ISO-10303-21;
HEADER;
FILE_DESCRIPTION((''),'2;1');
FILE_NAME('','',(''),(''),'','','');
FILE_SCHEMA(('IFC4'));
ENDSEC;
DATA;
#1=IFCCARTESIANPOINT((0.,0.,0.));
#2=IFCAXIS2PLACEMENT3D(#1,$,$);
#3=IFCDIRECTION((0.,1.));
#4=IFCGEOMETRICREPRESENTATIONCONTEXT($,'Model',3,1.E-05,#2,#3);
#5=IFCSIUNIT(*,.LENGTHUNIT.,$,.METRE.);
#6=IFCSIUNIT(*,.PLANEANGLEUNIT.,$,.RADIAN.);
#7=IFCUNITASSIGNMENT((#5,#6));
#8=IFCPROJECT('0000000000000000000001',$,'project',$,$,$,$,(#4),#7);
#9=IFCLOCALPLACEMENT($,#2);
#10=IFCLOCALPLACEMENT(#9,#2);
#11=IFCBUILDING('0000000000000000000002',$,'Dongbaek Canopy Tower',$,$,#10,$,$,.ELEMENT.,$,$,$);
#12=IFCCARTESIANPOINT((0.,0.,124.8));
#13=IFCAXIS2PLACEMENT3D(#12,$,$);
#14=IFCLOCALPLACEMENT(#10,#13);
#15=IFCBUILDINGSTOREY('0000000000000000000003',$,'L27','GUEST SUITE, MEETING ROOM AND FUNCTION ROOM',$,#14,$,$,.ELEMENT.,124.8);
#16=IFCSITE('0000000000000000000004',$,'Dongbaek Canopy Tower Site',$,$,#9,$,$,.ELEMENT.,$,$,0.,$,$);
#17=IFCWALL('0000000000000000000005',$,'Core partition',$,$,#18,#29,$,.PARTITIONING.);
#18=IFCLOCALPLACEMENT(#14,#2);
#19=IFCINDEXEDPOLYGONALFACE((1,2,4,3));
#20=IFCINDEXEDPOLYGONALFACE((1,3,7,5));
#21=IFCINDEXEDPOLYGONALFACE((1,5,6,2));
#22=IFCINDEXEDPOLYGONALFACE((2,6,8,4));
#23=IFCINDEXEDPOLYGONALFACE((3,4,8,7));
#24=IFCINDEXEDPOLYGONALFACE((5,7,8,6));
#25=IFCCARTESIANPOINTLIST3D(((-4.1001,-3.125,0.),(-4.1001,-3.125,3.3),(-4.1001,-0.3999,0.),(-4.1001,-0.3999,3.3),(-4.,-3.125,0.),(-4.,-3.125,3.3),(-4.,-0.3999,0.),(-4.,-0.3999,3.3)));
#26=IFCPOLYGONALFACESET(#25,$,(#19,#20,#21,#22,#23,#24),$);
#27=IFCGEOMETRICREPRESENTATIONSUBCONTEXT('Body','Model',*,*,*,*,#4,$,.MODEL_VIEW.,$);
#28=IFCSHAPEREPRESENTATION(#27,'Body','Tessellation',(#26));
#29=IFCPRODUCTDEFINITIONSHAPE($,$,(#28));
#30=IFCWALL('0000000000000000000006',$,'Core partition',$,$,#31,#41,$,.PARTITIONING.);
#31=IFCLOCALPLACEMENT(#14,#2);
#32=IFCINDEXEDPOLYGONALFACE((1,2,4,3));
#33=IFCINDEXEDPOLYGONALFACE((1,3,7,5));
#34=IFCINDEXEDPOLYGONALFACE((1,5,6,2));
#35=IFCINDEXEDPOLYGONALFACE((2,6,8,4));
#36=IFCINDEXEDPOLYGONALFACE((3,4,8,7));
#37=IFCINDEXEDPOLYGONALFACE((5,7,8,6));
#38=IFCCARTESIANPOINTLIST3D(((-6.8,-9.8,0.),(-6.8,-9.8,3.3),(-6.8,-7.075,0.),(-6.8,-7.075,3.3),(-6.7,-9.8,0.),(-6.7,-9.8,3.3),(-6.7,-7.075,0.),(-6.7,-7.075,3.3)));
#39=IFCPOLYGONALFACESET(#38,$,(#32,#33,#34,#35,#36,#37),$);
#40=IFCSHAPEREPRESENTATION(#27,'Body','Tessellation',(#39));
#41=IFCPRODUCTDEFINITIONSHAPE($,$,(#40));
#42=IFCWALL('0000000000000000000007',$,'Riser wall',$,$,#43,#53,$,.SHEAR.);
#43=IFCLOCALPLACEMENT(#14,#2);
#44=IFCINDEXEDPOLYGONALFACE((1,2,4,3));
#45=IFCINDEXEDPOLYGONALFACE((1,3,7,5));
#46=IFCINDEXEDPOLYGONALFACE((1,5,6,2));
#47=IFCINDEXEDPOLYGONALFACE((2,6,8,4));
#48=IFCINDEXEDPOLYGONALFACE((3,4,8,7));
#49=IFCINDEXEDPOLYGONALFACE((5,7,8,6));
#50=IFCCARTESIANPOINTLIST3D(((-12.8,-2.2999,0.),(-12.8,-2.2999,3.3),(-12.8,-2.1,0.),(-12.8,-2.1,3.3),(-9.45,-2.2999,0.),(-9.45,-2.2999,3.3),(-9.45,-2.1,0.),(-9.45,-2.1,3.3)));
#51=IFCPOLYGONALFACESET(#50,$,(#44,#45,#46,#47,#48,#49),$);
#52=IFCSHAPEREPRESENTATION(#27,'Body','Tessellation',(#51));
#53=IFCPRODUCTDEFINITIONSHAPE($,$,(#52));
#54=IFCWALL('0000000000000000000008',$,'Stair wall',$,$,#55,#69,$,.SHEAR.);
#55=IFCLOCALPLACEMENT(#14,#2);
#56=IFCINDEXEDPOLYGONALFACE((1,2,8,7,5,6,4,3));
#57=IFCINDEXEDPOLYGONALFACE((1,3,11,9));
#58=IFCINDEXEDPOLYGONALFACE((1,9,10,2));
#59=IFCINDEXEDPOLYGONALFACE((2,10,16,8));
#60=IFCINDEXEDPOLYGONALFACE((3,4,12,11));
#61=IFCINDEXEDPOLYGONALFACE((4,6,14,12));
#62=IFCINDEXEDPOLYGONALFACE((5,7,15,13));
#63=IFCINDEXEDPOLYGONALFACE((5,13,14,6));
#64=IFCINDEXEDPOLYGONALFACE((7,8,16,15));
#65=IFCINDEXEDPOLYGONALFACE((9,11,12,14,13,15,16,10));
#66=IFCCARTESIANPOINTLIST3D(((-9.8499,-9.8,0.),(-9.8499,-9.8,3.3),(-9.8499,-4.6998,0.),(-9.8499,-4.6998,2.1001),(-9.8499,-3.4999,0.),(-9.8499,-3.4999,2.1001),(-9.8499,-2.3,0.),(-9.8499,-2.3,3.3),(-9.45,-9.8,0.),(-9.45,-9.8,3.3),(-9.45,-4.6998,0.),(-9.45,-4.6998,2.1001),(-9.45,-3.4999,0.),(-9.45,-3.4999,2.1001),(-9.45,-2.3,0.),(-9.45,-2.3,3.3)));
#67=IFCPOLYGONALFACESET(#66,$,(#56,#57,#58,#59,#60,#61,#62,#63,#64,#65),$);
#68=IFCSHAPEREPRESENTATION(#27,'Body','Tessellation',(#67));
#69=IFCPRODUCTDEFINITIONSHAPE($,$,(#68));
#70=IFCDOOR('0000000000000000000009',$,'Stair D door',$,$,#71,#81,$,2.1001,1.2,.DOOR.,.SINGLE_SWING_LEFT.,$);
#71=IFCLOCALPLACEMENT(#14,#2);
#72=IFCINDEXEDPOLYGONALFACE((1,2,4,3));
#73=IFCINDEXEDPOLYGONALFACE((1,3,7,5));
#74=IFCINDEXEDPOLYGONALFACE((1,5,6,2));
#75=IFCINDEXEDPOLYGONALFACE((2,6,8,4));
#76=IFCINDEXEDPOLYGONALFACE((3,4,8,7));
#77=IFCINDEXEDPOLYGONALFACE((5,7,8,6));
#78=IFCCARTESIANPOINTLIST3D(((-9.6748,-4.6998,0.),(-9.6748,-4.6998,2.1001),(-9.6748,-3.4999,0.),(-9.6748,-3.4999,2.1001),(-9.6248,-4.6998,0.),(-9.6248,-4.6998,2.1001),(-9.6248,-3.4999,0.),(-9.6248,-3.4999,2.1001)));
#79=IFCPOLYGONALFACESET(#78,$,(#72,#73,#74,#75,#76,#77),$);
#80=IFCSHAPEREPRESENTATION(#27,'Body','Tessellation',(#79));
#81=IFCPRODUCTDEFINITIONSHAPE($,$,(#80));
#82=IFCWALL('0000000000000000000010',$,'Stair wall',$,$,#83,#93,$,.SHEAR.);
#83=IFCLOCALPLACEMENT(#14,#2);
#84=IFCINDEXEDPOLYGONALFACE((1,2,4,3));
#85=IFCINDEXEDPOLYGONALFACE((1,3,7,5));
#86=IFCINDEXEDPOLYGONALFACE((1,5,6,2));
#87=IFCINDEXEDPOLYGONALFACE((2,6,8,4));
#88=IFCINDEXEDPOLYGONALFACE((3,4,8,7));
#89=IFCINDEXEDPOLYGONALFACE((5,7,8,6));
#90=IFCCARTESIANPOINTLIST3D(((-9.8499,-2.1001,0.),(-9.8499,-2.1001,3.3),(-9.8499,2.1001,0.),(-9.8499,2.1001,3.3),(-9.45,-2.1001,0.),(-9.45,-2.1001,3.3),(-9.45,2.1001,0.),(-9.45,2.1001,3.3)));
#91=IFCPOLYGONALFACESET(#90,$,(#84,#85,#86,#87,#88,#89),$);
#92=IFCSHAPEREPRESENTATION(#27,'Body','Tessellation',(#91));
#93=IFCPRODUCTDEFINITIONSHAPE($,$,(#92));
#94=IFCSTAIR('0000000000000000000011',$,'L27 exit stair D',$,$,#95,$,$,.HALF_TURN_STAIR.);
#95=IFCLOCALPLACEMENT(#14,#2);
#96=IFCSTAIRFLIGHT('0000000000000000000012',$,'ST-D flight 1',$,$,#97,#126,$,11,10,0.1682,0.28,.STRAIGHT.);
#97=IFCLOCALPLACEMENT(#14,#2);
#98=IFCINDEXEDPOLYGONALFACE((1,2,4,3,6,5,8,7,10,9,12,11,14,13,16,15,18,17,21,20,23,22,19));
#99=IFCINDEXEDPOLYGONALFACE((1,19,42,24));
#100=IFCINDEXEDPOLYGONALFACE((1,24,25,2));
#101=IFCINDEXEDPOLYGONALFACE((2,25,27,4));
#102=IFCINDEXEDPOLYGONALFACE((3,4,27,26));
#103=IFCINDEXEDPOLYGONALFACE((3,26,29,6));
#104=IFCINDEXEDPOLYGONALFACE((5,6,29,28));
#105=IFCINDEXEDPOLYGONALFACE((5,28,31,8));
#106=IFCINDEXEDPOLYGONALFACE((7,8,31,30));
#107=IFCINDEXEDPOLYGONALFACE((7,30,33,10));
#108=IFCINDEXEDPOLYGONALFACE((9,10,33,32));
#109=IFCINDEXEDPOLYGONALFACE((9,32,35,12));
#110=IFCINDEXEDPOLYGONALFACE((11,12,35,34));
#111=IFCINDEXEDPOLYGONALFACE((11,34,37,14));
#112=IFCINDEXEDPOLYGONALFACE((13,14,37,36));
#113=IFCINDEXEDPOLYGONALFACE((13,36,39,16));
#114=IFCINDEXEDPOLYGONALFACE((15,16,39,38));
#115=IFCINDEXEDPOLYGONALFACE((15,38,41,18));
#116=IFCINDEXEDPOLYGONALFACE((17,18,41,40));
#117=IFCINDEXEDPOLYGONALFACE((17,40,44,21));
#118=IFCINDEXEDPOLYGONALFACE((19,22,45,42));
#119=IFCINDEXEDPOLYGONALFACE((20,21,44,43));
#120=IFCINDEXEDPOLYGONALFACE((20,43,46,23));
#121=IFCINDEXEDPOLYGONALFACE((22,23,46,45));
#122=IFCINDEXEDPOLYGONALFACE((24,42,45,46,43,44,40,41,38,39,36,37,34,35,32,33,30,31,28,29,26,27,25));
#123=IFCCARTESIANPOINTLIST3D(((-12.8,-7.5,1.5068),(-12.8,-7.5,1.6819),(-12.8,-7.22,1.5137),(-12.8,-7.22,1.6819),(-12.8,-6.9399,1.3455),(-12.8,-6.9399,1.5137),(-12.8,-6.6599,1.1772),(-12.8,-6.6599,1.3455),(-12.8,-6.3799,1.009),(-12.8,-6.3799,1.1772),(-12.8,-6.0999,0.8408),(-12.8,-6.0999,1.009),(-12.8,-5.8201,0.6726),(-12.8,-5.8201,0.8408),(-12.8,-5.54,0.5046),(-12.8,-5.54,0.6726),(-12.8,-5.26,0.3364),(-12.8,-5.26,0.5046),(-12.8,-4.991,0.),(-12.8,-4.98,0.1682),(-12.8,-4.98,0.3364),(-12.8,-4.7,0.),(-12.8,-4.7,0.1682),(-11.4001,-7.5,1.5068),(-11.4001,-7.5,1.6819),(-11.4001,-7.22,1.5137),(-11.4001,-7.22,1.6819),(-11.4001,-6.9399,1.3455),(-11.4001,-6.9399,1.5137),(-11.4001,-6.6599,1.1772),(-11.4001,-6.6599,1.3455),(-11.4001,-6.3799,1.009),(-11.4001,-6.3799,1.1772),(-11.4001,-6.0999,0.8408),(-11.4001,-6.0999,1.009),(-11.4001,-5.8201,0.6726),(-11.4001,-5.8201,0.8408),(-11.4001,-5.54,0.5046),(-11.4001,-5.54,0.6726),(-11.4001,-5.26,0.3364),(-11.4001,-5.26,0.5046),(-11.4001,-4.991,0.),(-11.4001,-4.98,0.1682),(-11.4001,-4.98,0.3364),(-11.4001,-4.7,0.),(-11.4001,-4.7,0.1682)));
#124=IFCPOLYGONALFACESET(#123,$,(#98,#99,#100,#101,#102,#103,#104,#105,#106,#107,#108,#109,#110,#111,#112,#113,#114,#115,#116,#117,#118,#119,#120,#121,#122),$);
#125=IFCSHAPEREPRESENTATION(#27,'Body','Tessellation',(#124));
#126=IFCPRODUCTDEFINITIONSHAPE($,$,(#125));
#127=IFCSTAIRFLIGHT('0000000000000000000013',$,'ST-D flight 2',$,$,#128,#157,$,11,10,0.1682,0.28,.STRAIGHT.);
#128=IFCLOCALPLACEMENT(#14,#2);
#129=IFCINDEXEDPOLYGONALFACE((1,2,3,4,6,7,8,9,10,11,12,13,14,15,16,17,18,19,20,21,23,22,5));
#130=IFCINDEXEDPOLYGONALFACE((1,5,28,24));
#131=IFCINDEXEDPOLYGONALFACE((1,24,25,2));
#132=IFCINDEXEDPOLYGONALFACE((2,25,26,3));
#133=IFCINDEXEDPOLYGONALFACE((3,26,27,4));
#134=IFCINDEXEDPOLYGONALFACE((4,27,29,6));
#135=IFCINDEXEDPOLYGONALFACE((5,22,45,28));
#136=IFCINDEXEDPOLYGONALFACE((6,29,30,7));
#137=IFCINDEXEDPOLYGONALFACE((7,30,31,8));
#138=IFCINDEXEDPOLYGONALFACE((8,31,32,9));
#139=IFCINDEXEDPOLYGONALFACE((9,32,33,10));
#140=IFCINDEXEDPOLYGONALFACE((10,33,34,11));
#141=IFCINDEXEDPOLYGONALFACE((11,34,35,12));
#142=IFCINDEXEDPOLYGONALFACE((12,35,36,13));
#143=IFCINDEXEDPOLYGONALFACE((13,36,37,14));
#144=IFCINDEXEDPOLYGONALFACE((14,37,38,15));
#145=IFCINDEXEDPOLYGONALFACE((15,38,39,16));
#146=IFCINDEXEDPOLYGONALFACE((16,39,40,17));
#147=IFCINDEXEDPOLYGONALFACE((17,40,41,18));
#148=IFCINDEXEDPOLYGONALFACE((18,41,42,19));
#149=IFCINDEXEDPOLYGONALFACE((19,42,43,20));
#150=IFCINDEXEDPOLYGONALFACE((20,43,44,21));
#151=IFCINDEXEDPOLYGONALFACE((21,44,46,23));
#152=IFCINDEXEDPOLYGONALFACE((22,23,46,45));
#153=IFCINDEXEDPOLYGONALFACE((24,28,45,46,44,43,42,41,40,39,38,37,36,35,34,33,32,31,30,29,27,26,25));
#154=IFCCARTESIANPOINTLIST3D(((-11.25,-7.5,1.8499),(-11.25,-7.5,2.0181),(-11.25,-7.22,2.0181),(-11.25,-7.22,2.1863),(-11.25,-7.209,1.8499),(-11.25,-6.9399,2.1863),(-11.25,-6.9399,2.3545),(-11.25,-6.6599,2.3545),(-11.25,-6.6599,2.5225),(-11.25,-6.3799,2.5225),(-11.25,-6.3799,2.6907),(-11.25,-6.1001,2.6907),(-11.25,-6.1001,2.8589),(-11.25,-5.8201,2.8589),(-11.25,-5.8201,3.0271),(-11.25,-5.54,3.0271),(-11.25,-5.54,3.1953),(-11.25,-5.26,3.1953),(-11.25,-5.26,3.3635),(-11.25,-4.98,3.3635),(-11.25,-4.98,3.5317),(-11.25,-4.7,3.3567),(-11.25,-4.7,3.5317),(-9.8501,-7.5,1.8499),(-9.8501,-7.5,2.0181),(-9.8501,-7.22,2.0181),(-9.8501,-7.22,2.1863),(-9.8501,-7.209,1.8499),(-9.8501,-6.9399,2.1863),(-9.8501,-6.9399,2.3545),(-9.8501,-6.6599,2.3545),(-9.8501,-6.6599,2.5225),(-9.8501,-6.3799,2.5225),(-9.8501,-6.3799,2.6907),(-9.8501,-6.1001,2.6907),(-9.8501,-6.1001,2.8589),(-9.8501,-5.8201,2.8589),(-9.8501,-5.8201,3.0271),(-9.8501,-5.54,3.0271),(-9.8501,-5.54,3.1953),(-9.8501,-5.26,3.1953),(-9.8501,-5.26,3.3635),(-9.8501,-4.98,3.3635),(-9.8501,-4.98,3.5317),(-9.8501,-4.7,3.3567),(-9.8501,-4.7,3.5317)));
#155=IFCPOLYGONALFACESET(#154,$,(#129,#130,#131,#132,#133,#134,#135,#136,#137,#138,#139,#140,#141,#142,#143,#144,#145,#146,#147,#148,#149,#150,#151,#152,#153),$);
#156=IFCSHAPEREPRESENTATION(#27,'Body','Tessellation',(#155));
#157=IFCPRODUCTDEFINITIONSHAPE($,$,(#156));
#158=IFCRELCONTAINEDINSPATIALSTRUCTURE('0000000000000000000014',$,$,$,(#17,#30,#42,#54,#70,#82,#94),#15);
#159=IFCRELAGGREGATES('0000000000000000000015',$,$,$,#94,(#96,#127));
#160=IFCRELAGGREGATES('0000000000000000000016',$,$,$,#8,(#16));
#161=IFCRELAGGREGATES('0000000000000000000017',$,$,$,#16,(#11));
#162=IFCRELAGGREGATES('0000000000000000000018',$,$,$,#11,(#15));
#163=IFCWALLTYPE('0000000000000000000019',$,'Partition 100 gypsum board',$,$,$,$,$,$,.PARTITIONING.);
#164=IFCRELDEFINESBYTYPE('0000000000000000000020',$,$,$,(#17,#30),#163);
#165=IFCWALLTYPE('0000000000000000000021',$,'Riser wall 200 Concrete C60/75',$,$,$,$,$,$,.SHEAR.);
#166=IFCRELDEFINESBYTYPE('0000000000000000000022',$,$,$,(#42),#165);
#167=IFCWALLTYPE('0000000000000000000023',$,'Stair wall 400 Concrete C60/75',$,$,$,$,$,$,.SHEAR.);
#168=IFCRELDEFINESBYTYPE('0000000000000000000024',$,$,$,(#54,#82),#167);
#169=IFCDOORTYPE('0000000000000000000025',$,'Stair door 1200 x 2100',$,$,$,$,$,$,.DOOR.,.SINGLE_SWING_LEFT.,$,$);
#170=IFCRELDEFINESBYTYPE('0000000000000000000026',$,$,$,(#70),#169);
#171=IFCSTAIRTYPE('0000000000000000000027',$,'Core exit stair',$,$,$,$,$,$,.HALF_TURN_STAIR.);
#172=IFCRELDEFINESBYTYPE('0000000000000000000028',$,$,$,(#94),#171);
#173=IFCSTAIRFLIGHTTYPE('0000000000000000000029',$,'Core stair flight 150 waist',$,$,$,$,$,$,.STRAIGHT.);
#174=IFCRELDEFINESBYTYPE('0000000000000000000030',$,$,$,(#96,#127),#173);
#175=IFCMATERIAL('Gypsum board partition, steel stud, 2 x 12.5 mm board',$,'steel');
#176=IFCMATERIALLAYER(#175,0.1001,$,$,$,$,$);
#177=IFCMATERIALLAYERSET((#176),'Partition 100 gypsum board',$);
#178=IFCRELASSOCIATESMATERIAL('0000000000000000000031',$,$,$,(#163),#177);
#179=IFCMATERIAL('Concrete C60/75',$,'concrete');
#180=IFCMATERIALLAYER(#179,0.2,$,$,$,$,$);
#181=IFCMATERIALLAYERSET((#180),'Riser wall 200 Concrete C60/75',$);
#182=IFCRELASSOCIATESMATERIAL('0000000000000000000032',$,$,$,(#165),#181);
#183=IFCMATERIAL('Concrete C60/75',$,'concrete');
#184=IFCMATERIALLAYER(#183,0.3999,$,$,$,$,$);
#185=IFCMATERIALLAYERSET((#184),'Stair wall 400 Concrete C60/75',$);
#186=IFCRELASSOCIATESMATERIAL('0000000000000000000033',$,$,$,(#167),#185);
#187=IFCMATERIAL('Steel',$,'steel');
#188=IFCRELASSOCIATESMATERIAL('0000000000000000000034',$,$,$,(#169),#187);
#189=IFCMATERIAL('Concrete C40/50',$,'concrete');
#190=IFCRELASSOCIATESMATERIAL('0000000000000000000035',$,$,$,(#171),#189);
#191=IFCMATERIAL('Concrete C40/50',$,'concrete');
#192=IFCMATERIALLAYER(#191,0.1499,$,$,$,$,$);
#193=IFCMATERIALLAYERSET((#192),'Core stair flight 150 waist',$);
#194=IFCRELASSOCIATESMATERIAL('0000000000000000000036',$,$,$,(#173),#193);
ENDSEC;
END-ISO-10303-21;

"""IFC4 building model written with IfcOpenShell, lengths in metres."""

from ifc_helpers import new_model, si_unit, direction, frame, frame_2d, origin, place, context, subcontext, project, spatial, polyline, rectangle, outline, extrude, material, layer, layer_set, type_object, element, fill, aggregate, save


model = new_model("IFC4")

# Units and contexts
model_context = context("Model", 3, precision=1e-05, world=origin(), true_north=direction((0.0, 1.0)))
body_context = subcontext(model_context, "Body", "Model", "MODEL_VIEW")
ifc_project = project(units=[si_unit("LENGTHUNIT", "METRE"), si_unit("PLANEANGLEUNIT", "RADIAN")], contexts=[model_context])

# Site, building, storey
site_placement = place(None, origin())
site = spatial("IfcSite", under=ifc_project, at=site_placement, Name="Dongbaek Canopy Tower Site", CompositionType="ELEMENT", RefElevation=0.0)
building_placement = place(site_placement, origin())
building = spatial("IfcBuilding", under=site, at=building_placement, Name="Dongbaek Canopy Tower", CompositionType="ELEMENT")
storey_placement = place(building_placement, frame((0.0, 0.0, 124.8)))
storey = spatial("IfcBuildingStorey", under=building, at=storey_placement, Name="L27", Description="GUEST SUITE, MEETING ROOM AND FUNCTION ROOM", CompositionType="ELEMENT", Elevation=124.8)

# Shared definitions
ifc_material_1 = material(Name="Gypsum board partition, steel stud, 2 x 12.5 mm board", Category="steel")
ifc_layer_1 = layer(ifc_material_1, 0.1001)
ifc_layer_set_1 = layer_set([ifc_layer_1], Name="Partition 100 gypsum board")
wall_type_1 = type_object("IfcWallType", Name="Partition 100 gypsum board", PredefinedType="PARTITIONING", material=ifc_layer_set_1)

# Walls
for number, where, z_axis, x_axis, name in (
    (1, (-4.05, -3.125, 0.0), (0.0, 0.0, 1.0), (0.0, 1.0, 0.0), "Core partition"),
    (2, (-6.75, -9.8, 0.0), (0.0, 0.0, 1.0), (0.0, 1.0, 0.0), "Core partition"),
):
    element("IfcWall", number, at=place(storey_placement, frame(where, z_axis=z_axis, x_axis=x_axis)), inside=storey, type_object=wall_type_1, Name=name, PredefinedType="PARTITIONING", context=body_context, shape_type="SweptSolid", body=[
        extrude(rectangle(XDim=2.7251, YDim=0.1001, at=frame_2d((1.3625, 0.0))), origin(), (0.0, 0.0, 1.0), 3.3),
    ])
ifc_material_2 = material(Name="Concrete C60/75", Category="concrete")
ifc_layer_2 = layer(ifc_material_2, 0.2)
ifc_layer_set_2 = layer_set([ifc_layer_2], Name="Riser wall 200 Concrete C60/75")
wall_type_2 = type_object("IfcWallType", Name="Riser wall 200 Concrete C60/75", PredefinedType="SHEAR", material=ifc_layer_set_2)
wall_1_placement = place(storey_placement, frame((-9.45, -2.2, 0.0), z_axis=(0.0, 0.0, 1.0), x_axis=(-1.0, 0.0, 0.0)))
element("IfcWall", 3, at=wall_1_placement, inside=storey, type_object=wall_type_2, Name="Riser wall", PredefinedType="SHEAR", context=body_context, shape_type="SweptSolid", body=[
    extrude(rectangle(XDim=3.3501, YDim=0.2, at=frame_2d((1.675, 0.0))), origin(), (0.0, 0.0, 1.0), 3.3),
])

# Wall, opening, door
ifc_material_3 = material(Name="Concrete C60/75", Category="concrete")
ifc_layer_3 = layer(ifc_material_3, 0.3999)
ifc_layer_set_3 = layer_set([ifc_layer_3], Name="Stair wall 400 Concrete C60/75")
wall_type_3 = type_object("IfcWallType", Name="Stair wall 400 Concrete C60/75", PredefinedType="SHEAR", material=ifc_layer_set_3)
wall_2_placement = place(storey_placement, frame((-9.6499, -9.8, 0.0), z_axis=(0.0, 0.0, 1.0), x_axis=(0.0, 1.0, 0.0)))
wall_2 = element("IfcWall", 4, at=wall_2_placement, inside=storey, type_object=wall_type_3, Name="Stair wall", PredefinedType="SHEAR", context=body_context, shape_type="SweptSolid", body=[
    extrude(rectangle(XDim=7.5, YDim=0.3999, at=frame_2d((3.75, 0.0))), origin(), (0.0, 0.0, 1.0), 3.3),
])
opening_1_placement = place(wall_2_placement, frame((5.1001, 0.0, 0.0)))
opening_1 = element("IfcOpeningElement", 5, at=opening_1_placement, cuts=wall_2, PredefinedType="OPENING", context=body_context, shape_type="SweptSolid", body=[
    extrude(rectangle(XDim=1.2, YDim=2.1001, at=frame_2d((0.6001, 1.05))), frame((0.0, 0.21, 0.0), z_axis=(0.0, -1.0, 0.0), x_axis=(1.0, 0.0, 0.0)), (0.0, 0.0, 1.0), 0.4199),
])
ifc_material_4 = material(Name="Steel", Category="steel")
door_type_1 = type_object("IfcDoorType", Name="Stair door 1200 x 2100", OperationType="SINGLE_SWING_LEFT", PredefinedType="DOOR", material=ifc_material_4)
door_1_placement = place(opening_1_placement, origin())
door_1 = element("IfcDoor", 6, at=door_1_placement, inside=storey, type_object=door_type_1, Name="Stair D door", OperationType="SINGLE_SWING_LEFT", OverallHeight=2.1001, OverallWidth=1.2, PredefinedType="DOOR", context=body_context, shape_type="SweptSolid", body=[
    extrude(rectangle(XDim=1.2, YDim=2.1001, at=frame_2d((0.6001, 1.05))), frame((0.0, 0.0249, 0.0), z_axis=(0.0, -1.0, 0.0), x_axis=(1.0, 0.0, 0.0)), (0.0, 0.0, 1.0), 0.05),
])
fill(opening_1, door_1)

# Wall
wall_3_placement = place(storey_placement, frame((-9.6499, -2.1001, 0.0), z_axis=(0.0, 0.0, 1.0), x_axis=(0.0, 1.0, 0.0)))
element("IfcWall", 7, at=wall_3_placement, inside=storey, type_object=wall_type_3, Name="Stair wall", PredefinedType="SHEAR", context=body_context, shape_type="SweptSolid", body=[
    extrude(rectangle(XDim=4.2002, YDim=0.3999, at=frame_2d((2.1001, 0.0))), origin(), (0.0, 0.0, 1.0), 3.3),
])

# Stair, stair flights
ifc_material_5 = material(Name="Concrete C40/50", Category="concrete")
stair_type = type_object("IfcStairType", Name="Core exit stair", PredefinedType="HALF_TURN_STAIR", material=ifc_material_5)
stair_placement = place(storey_placement, origin())
stair = element("IfcStair", 8, at=stair_placement, inside=storey, type_object=stair_type, Name="L27 exit stair D", PredefinedType="HALF_TURN_STAIR")
ifc_material_6 = material(Name="Concrete C40/50", Category="concrete")
ifc_layer_4 = layer(ifc_material_6, 0.1499)
ifc_layer_set_4 = layer_set([ifc_layer_4], Name="Core stair flight 150 waist")
stair_flight_type = type_object("IfcStairFlightType", Name="Core stair flight 150 waist", PredefinedType="STRAIGHT", material=ifc_layer_set_4)
stair_flight_1_placement = place(storey_placement, frame((-12.1001, -4.7, 0.0), z_axis=(0.0, 0.0, 1.0), x_axis=(0.0, -1.0, 0.0)))
stair_flight_1 = element("IfcStairFlight", 9, at=stair_flight_1_placement, type_object=stair_flight_type, Name="ST-D flight 1", NumberOfRisers=11, NumberOfTreads=10, PredefinedType="STRAIGHT", RiserHeight=0.1682, TreadLength=0.28, context=body_context, shape_type="SweptSolid", body=[
    extrude(outline(polyline([(0.0, 0.0), (0.0, 0.1682), (0.28, 0.1682), (0.28, 0.3364), (0.5601, 0.3364), (0.5601, 0.5046), (0.8401, 0.5046), (0.8401, 0.6726), (1.1201, 0.6726), (1.1201, 0.8408), (1.3999, 0.8408), (1.3999, 1.009), (1.6799, 1.009), (1.6799, 1.1772), (1.96, 1.1772), (1.96, 1.3455), (2.24, 1.3455), (2.24, 1.5137), (2.52, 1.5137), (2.52, 1.6819), (2.8, 1.6819), (2.8, 1.8501), (2.8, 1.5068), (0.291, 0.0), (0.0, 0.0)])), frame((0.0, 0.7, 0.0), z_axis=(0.0, -1.0, 0.0), x_axis=(1.0, 0.0, 0.0)), (0.0, 0.0, 1.0), 1.3999),
])
stair_flight_2_placement = place(storey_placement, frame((-10.55, -7.5, 1.8499), z_axis=(0.0, 0.0, 1.0), x_axis=(0.0, 1.0, 0.0)))
stair_flight_2 = element("IfcStairFlight", 10, at=stair_flight_2_placement, type_object=stair_flight_type, Name="ST-D flight 2", NumberOfRisers=11, NumberOfTreads=10, PredefinedType="STRAIGHT", RiserHeight=0.1682, TreadLength=0.28, context=body_context, shape_type="SweptSolid", body=[
    extrude(outline(polyline([(0.0, 0.0), (0.0, 0.1682), (0.28, 0.1682), (0.28, 0.3364), (0.5601, 0.3364), (0.5601, 0.5046), (0.8401, 0.5046), (0.8401, 0.6726), (1.1201, 0.6726), (1.1201, 0.8408), (1.3999, 0.8408), (1.3999, 1.009), (1.6799, 1.009), (1.6799, 1.1772), (1.96, 1.1772), (1.96, 1.3455), (2.24, 1.3455), (2.24, 1.5137), (2.52, 1.5137), (2.52, 1.6819), (2.8, 1.6819), (2.8, 1.8501), (2.8, 1.5068), (0.291, 0.0), (0.0, 0.0)])), frame((0.0, 0.7, 0.0), z_axis=(0.0, -1.0, 0.0), x_axis=(1.0, 0.0, 0.0)), (0.0, 0.0, 1.0), 1.3999),
])
aggregate(stair, [stair_flight_1, stair_flight_2])

save(model, "model.ifc")
